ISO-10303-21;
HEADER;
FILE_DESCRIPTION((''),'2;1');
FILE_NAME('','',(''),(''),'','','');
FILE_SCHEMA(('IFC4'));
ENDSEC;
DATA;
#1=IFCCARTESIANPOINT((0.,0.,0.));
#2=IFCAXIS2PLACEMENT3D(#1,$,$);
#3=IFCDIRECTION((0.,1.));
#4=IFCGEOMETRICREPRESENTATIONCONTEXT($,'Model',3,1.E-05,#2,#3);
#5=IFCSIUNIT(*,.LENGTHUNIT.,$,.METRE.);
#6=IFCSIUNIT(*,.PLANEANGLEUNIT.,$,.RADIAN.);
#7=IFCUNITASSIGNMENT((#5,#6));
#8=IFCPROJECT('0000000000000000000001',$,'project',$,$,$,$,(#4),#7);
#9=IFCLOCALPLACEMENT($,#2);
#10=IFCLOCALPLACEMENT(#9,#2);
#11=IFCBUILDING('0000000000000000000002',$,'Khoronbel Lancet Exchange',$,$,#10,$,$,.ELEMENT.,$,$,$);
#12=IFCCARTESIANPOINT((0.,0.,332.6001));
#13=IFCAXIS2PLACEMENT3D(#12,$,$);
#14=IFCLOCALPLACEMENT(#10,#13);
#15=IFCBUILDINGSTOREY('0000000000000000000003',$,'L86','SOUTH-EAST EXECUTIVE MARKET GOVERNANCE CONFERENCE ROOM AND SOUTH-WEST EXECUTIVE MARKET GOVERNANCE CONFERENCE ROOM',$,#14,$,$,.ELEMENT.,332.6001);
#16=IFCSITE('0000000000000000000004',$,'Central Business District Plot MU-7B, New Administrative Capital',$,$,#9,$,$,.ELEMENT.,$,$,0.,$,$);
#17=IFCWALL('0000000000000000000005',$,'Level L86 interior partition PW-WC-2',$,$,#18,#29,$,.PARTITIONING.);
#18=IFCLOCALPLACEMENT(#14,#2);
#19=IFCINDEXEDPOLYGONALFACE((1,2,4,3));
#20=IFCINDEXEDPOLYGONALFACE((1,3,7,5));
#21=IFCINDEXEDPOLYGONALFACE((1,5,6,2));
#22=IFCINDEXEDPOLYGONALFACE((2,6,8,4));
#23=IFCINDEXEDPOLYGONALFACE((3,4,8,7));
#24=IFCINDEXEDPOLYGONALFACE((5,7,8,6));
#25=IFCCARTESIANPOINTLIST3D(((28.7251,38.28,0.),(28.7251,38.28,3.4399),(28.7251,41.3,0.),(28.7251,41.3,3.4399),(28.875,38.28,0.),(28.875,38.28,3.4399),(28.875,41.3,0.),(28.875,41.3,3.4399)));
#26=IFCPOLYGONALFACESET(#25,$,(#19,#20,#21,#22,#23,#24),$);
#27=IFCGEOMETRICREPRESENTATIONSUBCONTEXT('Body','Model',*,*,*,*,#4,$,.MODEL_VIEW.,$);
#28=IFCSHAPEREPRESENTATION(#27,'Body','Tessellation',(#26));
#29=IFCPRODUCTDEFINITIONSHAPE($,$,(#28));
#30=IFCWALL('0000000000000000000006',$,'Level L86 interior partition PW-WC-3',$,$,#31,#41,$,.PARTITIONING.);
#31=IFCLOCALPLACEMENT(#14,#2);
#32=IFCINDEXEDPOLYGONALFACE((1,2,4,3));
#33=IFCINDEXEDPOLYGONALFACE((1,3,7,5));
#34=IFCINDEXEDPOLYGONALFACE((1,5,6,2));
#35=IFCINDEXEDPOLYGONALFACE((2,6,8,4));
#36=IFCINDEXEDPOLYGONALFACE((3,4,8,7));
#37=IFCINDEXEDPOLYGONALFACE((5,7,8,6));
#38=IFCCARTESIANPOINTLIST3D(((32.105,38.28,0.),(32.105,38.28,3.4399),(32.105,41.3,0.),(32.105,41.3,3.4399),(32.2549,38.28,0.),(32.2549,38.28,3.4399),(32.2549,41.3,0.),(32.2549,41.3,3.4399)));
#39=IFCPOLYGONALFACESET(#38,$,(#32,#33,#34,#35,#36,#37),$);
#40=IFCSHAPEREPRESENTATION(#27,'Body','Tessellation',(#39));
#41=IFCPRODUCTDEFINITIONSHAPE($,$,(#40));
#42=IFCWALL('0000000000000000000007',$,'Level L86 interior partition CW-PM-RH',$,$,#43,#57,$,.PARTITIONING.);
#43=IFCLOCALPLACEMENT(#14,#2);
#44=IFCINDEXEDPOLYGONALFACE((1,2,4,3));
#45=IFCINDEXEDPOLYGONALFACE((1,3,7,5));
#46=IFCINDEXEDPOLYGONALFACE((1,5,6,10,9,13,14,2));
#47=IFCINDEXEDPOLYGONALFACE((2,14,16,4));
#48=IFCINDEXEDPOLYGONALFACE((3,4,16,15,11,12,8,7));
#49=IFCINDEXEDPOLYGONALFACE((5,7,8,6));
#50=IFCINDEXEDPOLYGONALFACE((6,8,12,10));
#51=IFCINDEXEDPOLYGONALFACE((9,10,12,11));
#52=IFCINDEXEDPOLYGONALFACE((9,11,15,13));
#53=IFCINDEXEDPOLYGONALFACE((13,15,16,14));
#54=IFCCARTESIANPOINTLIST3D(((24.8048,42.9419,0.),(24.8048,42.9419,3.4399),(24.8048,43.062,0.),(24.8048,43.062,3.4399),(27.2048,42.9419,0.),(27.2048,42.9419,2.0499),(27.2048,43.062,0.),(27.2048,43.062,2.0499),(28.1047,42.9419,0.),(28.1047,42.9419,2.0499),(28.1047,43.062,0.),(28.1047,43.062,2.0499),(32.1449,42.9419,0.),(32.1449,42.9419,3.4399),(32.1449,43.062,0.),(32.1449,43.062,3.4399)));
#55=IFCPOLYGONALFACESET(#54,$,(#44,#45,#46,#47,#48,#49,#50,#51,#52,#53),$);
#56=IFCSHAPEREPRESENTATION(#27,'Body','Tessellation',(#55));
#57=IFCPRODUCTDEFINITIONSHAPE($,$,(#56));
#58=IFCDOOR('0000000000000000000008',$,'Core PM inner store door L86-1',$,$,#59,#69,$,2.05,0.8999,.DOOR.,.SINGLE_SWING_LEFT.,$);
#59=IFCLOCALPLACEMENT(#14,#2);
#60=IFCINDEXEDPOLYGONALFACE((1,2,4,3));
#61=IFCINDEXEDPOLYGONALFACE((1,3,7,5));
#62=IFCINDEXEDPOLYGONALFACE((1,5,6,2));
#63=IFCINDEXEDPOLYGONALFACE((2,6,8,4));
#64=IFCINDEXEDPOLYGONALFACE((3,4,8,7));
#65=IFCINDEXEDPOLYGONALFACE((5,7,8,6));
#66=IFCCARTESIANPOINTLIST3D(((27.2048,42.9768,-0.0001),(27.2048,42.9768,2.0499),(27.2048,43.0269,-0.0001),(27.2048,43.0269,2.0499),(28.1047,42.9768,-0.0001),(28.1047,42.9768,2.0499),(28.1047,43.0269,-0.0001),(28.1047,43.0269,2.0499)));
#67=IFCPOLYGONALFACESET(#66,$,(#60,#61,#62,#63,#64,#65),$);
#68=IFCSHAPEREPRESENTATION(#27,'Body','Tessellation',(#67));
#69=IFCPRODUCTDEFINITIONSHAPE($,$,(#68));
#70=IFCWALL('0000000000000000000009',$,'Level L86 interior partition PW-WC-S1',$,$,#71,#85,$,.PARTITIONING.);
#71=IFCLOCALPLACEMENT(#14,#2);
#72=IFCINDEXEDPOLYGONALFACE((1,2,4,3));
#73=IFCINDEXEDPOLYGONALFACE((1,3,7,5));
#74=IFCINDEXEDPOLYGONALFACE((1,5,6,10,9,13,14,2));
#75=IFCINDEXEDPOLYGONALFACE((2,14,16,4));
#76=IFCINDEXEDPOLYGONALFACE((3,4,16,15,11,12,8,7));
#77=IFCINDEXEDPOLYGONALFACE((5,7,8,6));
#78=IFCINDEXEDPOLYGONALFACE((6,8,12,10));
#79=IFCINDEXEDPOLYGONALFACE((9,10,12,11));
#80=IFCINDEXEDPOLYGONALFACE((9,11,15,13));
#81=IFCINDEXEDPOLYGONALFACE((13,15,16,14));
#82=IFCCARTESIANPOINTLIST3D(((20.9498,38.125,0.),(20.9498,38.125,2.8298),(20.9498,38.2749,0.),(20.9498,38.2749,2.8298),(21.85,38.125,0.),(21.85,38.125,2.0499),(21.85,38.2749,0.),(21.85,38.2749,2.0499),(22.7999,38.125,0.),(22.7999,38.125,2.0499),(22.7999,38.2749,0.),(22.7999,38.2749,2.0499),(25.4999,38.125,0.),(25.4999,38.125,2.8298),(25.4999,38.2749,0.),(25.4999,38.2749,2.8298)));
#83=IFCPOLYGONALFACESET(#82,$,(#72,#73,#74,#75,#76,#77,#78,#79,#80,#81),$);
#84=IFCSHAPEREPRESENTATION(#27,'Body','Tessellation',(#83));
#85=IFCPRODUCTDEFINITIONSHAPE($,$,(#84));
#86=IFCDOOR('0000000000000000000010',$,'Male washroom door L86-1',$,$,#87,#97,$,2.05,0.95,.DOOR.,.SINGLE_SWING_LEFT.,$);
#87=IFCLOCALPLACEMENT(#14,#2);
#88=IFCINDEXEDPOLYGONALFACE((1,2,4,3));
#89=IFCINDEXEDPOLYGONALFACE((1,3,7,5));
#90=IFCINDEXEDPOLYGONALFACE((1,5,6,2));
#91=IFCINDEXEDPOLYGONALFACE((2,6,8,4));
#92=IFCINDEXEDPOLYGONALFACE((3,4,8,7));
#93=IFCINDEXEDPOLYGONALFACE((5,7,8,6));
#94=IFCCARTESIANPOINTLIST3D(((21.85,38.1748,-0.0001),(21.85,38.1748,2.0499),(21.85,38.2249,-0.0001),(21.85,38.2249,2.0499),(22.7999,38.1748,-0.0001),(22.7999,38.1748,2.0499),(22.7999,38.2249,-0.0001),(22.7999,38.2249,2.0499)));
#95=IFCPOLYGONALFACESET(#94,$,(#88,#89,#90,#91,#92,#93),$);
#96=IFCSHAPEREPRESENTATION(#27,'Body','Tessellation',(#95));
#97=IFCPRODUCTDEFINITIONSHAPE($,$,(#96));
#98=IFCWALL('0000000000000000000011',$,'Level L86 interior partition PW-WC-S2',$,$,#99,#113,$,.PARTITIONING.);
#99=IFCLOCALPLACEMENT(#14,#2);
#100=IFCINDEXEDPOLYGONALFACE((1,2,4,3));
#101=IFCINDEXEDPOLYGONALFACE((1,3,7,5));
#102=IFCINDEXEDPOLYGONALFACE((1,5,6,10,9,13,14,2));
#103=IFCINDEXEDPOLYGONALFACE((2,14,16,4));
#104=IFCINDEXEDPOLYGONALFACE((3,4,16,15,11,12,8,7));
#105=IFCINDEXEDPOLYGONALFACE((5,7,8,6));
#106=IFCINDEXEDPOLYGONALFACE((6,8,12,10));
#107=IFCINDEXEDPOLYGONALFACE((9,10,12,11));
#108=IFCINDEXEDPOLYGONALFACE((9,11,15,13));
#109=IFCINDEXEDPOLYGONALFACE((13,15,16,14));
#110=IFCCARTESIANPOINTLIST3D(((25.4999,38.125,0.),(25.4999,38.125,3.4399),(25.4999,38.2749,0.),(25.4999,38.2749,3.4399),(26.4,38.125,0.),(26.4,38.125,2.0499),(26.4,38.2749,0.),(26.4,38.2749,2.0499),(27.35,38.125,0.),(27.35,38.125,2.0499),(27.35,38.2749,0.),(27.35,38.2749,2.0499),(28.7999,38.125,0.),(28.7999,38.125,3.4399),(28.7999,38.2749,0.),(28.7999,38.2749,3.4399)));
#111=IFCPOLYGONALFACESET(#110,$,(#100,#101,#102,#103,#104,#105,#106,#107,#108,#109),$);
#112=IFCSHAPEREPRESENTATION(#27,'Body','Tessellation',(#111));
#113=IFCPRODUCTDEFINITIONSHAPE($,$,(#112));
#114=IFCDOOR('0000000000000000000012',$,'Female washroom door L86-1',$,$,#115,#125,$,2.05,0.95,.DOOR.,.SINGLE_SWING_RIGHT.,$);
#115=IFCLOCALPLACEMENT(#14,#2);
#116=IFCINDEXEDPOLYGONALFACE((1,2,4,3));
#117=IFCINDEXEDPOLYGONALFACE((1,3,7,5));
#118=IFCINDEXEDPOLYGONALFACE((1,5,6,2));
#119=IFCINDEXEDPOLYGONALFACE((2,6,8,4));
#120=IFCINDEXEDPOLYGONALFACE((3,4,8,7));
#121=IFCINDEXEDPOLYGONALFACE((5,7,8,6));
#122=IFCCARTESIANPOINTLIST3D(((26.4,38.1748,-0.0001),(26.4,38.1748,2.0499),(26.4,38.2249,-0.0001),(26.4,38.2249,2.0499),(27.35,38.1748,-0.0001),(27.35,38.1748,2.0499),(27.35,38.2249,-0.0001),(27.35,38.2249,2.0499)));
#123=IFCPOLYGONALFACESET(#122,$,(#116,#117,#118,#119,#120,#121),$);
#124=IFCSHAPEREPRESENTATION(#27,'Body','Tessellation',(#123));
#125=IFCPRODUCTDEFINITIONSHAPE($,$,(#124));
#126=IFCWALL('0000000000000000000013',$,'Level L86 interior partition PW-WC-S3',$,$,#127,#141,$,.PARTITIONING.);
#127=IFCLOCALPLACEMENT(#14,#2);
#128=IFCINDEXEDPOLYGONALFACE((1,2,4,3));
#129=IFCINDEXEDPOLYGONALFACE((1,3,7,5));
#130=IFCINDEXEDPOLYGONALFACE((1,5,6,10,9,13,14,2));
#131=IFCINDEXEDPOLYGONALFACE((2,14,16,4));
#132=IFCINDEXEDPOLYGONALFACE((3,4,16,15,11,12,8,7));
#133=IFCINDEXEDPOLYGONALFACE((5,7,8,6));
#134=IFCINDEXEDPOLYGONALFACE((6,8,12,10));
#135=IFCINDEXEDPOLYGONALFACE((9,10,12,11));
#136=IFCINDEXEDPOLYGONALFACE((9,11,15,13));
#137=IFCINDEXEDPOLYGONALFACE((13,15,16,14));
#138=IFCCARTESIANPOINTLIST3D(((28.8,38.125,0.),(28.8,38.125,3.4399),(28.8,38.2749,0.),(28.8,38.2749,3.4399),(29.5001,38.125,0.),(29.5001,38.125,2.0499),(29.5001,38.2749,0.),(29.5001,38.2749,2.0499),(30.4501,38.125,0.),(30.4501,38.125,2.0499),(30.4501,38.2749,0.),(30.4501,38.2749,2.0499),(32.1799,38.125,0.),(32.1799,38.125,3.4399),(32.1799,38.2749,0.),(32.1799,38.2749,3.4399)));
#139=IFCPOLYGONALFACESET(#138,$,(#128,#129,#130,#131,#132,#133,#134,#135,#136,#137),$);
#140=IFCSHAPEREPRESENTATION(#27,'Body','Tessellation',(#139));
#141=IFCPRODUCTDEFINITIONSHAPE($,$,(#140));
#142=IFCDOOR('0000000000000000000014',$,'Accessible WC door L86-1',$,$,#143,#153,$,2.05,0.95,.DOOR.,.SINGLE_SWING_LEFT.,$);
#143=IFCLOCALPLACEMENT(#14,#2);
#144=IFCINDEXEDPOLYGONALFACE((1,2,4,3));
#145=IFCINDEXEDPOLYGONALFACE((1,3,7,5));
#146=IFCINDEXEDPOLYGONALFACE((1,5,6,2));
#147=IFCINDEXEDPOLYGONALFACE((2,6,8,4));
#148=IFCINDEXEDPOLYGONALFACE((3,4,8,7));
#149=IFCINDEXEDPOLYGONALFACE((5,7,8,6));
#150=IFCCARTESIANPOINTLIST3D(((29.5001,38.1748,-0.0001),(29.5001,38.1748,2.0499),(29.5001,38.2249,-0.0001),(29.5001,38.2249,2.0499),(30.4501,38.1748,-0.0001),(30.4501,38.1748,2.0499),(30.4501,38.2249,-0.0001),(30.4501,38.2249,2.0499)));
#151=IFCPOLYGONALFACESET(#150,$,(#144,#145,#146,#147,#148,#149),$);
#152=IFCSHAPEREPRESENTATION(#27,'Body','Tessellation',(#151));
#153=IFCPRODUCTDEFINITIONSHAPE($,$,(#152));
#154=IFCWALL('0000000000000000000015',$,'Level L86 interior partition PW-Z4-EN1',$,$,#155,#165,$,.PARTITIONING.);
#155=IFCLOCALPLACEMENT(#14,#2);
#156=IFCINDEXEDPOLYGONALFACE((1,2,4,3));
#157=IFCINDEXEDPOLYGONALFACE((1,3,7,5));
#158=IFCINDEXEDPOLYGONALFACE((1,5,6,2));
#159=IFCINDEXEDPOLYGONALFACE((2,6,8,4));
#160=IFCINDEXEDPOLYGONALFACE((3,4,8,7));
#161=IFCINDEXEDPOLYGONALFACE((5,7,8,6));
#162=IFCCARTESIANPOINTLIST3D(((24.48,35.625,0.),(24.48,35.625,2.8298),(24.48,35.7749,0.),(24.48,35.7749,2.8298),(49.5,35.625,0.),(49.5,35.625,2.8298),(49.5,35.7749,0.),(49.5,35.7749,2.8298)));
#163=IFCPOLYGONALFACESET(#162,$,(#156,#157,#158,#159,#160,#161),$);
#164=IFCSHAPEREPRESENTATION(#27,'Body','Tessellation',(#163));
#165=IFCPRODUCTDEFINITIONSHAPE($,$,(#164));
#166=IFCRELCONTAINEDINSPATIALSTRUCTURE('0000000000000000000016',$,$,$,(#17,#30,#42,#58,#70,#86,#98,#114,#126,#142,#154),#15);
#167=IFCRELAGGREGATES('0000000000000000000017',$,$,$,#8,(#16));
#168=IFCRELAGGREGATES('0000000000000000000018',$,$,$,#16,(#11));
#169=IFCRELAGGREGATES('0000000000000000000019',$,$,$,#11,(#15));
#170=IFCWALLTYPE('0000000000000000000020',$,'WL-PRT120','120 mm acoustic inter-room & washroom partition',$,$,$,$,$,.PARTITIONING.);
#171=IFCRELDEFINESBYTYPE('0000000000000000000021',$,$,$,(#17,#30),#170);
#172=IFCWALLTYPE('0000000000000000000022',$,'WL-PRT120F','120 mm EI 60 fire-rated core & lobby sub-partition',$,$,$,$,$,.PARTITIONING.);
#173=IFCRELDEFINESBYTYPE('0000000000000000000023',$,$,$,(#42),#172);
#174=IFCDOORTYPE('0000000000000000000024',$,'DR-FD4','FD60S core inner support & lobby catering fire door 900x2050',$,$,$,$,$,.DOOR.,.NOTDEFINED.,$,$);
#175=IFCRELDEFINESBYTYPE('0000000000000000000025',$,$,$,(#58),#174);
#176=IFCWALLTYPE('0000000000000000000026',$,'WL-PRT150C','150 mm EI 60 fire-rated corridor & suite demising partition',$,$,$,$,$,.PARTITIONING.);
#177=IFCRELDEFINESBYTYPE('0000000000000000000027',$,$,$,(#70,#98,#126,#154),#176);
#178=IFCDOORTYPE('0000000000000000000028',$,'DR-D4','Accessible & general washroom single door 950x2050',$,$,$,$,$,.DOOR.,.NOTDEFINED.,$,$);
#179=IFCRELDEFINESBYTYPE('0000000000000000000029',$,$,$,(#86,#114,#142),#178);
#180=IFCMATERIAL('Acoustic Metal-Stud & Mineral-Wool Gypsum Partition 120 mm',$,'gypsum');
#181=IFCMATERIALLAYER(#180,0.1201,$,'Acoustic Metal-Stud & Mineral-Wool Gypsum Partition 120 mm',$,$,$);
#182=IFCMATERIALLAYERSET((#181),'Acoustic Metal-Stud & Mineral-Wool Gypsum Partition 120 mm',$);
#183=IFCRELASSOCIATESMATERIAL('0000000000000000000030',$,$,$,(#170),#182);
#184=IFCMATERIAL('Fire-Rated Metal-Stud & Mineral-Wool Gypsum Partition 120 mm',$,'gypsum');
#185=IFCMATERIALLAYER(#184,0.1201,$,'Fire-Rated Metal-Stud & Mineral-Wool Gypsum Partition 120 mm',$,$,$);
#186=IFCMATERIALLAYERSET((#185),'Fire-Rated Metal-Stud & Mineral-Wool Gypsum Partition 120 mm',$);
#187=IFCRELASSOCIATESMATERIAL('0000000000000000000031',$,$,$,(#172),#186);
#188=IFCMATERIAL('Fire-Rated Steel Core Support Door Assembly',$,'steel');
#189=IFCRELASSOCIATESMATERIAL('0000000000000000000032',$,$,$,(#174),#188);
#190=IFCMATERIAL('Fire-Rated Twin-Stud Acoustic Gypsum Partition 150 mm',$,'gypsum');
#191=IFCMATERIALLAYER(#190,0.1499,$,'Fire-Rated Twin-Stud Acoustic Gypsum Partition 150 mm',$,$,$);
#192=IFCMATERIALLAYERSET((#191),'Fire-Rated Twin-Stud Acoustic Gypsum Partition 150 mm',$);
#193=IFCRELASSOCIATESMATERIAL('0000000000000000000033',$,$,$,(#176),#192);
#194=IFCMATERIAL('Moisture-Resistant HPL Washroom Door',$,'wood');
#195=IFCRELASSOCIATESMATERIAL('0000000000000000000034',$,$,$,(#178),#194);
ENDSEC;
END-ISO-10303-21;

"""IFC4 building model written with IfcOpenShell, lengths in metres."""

from ifc_helpers import new_model, si_unit, direction, frame, frame_2d, origin, place, context, subcontext, project, spatial, rectangle, extrude, material, layer, layer_set, type_object, element, fill, save


model = new_model("IFC4")

# Units and contexts
model_context = context("Model", 3, precision=1e-05, world=origin(), true_north=direction((0.0, 1.0)))
body_context = subcontext(model_context, "Body", "Model", "MODEL_VIEW")
ifc_project = project(units=[si_unit("LENGTHUNIT", "METRE"), si_unit("PLANEANGLEUNIT", "RADIAN")], contexts=[model_context])

# Site, building, storey
site_placement = place(None, origin())
site = spatial("IfcSite", under=ifc_project, at=site_placement, Name="Central Business District Plot MU-7B, New Administrative Capital", CompositionType="ELEMENT", RefElevation=0.0)
building_placement = place(site_placement, origin())
building = spatial("IfcBuilding", under=site, at=building_placement, Name="Khoronbel Lancet Exchange", CompositionType="ELEMENT")
storey_placement = place(building_placement, frame((0.0, 0.0, 332.6001)))
storey = spatial("IfcBuildingStorey", under=building, at=storey_placement, Name="L86", Description="SOUTH-EAST EXECUTIVE MARKET GOVERNANCE CONFERENCE ROOM AND SOUTH-WEST EXECUTIVE MARKET GOVERNANCE CONFERENCE ROOM", CompositionType="ELEMENT", Elevation=332.6001)

# Walls
ifc_material_1 = material(Name="Acoustic Metal-Stud & Mineral-Wool Gypsum Partition 120 mm", Category="gypsum")
ifc_layer_1 = layer(ifc_material_1, 0.1201, Name="Acoustic Metal-Stud & Mineral-Wool Gypsum Partition 120 mm")
ifc_layer_set_1 = layer_set([ifc_layer_1], Name="Acoustic Metal-Stud & Mineral-Wool Gypsum Partition 120 mm")
wall_type_1 = type_object("IfcWallType", Name="WL-PRT120", Description="120 mm acoustic inter-room & washroom partition", PredefinedType="PARTITIONING", material=ifc_layer_set_1)
for number, where, z_axis, x_axis, name in (
    (1, (28.8, 38.28, 0.0), (0.0, 0.0, 1.0), (0.0, 1.0, 0.0), "Level L86 interior partition PW-WC-2"),
    (2, (32.1799, 38.28, 0.0), (0.0, 0.0, 1.0), (0.0, 1.0, 0.0), "Level L86 interior partition PW-WC-3"),
):
    element("IfcWall", number, at=place(storey_placement, frame(where, z_axis=z_axis, x_axis=x_axis)), inside=storey, type_object=wall_type_1, Name=name, PredefinedType="PARTITIONING", context=body_context, shape_type="SweptSolid", body=[
        extrude(rectangle(XDim=3.02, YDim=0.1499, at=frame_2d((1.51, 0.0))), origin(), (0.0, 0.0, 1.0), 3.4399),
    ])

# Walls, openings, doors
ifc_material_2 = material(Name="Fire-Rated Metal-Stud & Mineral-Wool Gypsum Partition 120 mm", Category="gypsum")
ifc_layer_2 = layer(ifc_material_2, 0.1201, Name="Fire-Rated Metal-Stud & Mineral-Wool Gypsum Partition 120 mm")
ifc_layer_set_2 = layer_set([ifc_layer_2], Name="Fire-Rated Metal-Stud & Mineral-Wool Gypsum Partition 120 mm")
wall_type_2 = type_object("IfcWallType", Name="WL-PRT120F", Description="120 mm EI 60 fire-rated core & lobby sub-partition", PredefinedType="PARTITIONING", material=ifc_layer_set_2)
wall_1_placement = place(storey_placement, frame((24.8049, 43.002, 0.0), z_axis=(0.0, 0.0, 1.0), x_axis=(1.0, 0.0, 0.0)))
wall_1 = element("IfcWall", 3, at=wall_1_placement, inside=storey, type_object=wall_type_2, Name="Level L86 interior partition CW-PM-RH", PredefinedType="PARTITIONING", context=body_context, shape_type="SweptSolid", body=[
    extrude(rectangle(XDim=7.3401, YDim=0.1201, at=frame_2d((3.6699, 0.0))), origin(), (0.0, 0.0, 1.0), 3.4399),
])
opening_1_placement = place(wall_1_placement, frame((2.3999, 0.0, 0.0)))
opening_1 = element("IfcOpeningElement", 4, at=opening_1_placement, cuts=wall_1, PredefinedType="OPENING", context=body_context, shape_type="SweptSolid", body=[
    extrude(rectangle(XDim=0.8999, YDim=2.05, at=frame_2d((0.45, 1.0249))), frame((0.0, 0.0701, 0.0), z_axis=(0.0, -1.0, 0.0), x_axis=(1.0, 0.0, 0.0)), (0.0, 0.0, 1.0), 0.1401),
])
ifc_material_3 = material(Name="Fire-Rated Steel Core Support Door Assembly", Category="steel")
door_type_1 = type_object("IfcDoorType", Name="DR-FD4", Description="FD60S core inner support & lobby catering fire door 900x2050", OperationType="NOTDEFINED", PredefinedType="DOOR", material=ifc_material_3)
door_1_placement = place(opening_1_placement, origin())
door_1 = element("IfcDoor", 5, at=door_1_placement, inside=storey, type_object=door_type_1, Name="Core PM inner store door L86-1", OperationType="SINGLE_SWING_LEFT", OverallHeight=2.05, OverallWidth=0.8999, PredefinedType="DOOR", context=body_context, shape_type="SweptSolid", body=[
    extrude(rectangle(XDim=0.8999, YDim=2.05, at=frame_2d((0.45, 1.0249))), frame((0.0, 0.0249, 0.0), z_axis=(0.0, -1.0, 0.0), x_axis=(1.0, 0.0, 0.0)), (0.0, 0.0, 1.0), 0.05),
])
fill(opening_1, door_1)
ifc_material_4 = material(Name="Fire-Rated Twin-Stud Acoustic Gypsum Partition 150 mm", Category="gypsum")
ifc_layer_3 = layer(ifc_material_4, 0.1499, Name="Fire-Rated Twin-Stud Acoustic Gypsum Partition 150 mm")
ifc_layer_set_3 = layer_set([ifc_layer_3], Name="Fire-Rated Twin-Stud Acoustic Gypsum Partition 150 mm")
wall_type_3 = type_object("IfcWallType", Name="WL-PRT150C", Description="150 mm EI 60 fire-rated corridor & suite demising partition", PredefinedType="PARTITIONING", material=ifc_layer_set_3)
wall_2_placement = place(storey_placement, frame((20.95, 38.2, 0.0), z_axis=(0.0, 0.0, 1.0), x_axis=(1.0, 0.0, 0.0)))
wall_2 = element("IfcWall", 6, at=wall_2_placement, inside=storey, type_object=wall_type_3, Name="Level L86 interior partition PW-WC-S1", PredefinedType="PARTITIONING", context=body_context, shape_type="SweptSolid", body=[
    extrude(rectangle(XDim=4.55, YDim=0.1499, at=frame_2d((2.2749, 0.0))), origin(), (0.0, 0.0, 1.0), 2.8298),
])
opening_2_placement = place(wall_2_placement, frame((0.8999, 0.0, 0.0)))
opening_2 = element("IfcOpeningElement", 7, at=opening_2_placement, cuts=wall_2, PredefinedType="OPENING", context=body_context, shape_type="SweptSolid", body=[
    extrude(rectangle(XDim=0.95, YDim=2.05, at=frame_2d((0.4751, 1.0249))), frame((0.0, 0.085, 0.0), z_axis=(0.0, -1.0, 0.0), x_axis=(1.0, 0.0, 0.0)), (0.0, 0.0, 1.0), 0.1699),
])
ifc_material_5 = material(Name="Moisture-Resistant HPL Washroom Door", Category="wood")
door_type_2 = type_object("IfcDoorType", Name="DR-D4", Description="Accessible & general washroom single door 950x2050", OperationType="NOTDEFINED", PredefinedType="DOOR", material=ifc_material_5)
door_2_placement = place(opening_2_placement, origin())
door_2 = element("IfcDoor", 8, at=door_2_placement, inside=storey, type_object=door_type_2, Name="Male washroom door L86-1", OperationType="SINGLE_SWING_LEFT", OverallHeight=2.05, OverallWidth=0.95, PredefinedType="DOOR", context=body_context, shape_type="SweptSolid", body=[
    extrude(rectangle(XDim=0.95, YDim=2.05, at=frame_2d((0.4751, 1.0249))), frame((0.0, 0.0249, 0.0), z_axis=(0.0, -1.0, 0.0), x_axis=(1.0, 0.0, 0.0)), (0.0, 0.0, 1.0), 0.05),
])
fill(opening_2, door_2)
wall_3_placement = place(storey_placement, frame((25.5, 38.2, 0.0), z_axis=(0.0, 0.0, 1.0), x_axis=(1.0, 0.0, 0.0)))
wall_3 = element("IfcWall", 9, at=wall_3_placement, inside=storey, type_object=wall_type_3, Name="Level L86 interior partition PW-WC-S2", PredefinedType="PARTITIONING", context=body_context, shape_type="SweptSolid", body=[
    extrude(rectangle(XDim=3.3, YDim=0.1499, at=frame_2d((1.6499, 0.0))), origin(), (0.0, 0.0, 1.0), 3.4399),
])
opening_3_placement = place(wall_3_placement, frame((0.8999, 0.0, 0.0)))
opening_3 = element("IfcOpeningElement", 10, at=opening_3_placement, cuts=wall_3, PredefinedType="OPENING", context=body_context, shape_type="SweptSolid", body=[
    extrude(rectangle(XDim=0.95, YDim=2.05, at=frame_2d((0.4751, 1.0249))), frame((0.0, 0.085, 0.0), z_axis=(0.0, -1.0, 0.0), x_axis=(1.0, 0.0, 0.0)), (0.0, 0.0, 1.0), 0.1699),
])
door_3_placement = place(opening_3_placement, origin())
door_3 = element("IfcDoor", 11, at=door_3_placement, inside=storey, type_object=door_type_2, Name="Female washroom door L86-1", OperationType="SINGLE_SWING_RIGHT", OverallHeight=2.05, OverallWidth=0.95, PredefinedType="DOOR", context=body_context, shape_type="SweptSolid", body=[
    extrude(rectangle(XDim=0.95, YDim=2.05, at=frame_2d((0.4751, 1.0249))), frame((0.0, 0.0249, 0.0), z_axis=(0.0, -1.0, 0.0), x_axis=(1.0, 0.0, 0.0)), (0.0, 0.0, 1.0), 0.05),
])
fill(opening_3, door_3)
wall_4_placement = place(storey_placement, frame((28.8, 38.2, 0.0), z_axis=(0.0, 0.0, 1.0), x_axis=(1.0, 0.0, 0.0)))
wall_4 = element("IfcWall", 12, at=wall_4_placement, inside=storey, type_object=wall_type_3, Name="Level L86 interior partition PW-WC-S3", PredefinedType="PARTITIONING", context=body_context, shape_type="SweptSolid", body=[
    extrude(rectangle(XDim=3.3799, YDim=0.1499, at=frame_2d((1.6899, 0.0))), origin(), (0.0, 0.0, 1.0), 3.4399),
])
opening_4_placement = place(wall_4_placement, frame((0.7, 0.0, 0.0)))
opening_4 = element("IfcOpeningElement", 13, at=opening_4_placement, cuts=wall_4, PredefinedType="OPENING", context=body_context, shape_type="SweptSolid", body=[
    extrude(rectangle(XDim=0.95, YDim=2.05, at=frame_2d((0.4751, 1.0249))), frame((0.0, 0.085, 0.0), z_axis=(0.0, -1.0, 0.0), x_axis=(1.0, 0.0, 0.0)), (0.0, 0.0, 1.0), 0.1699),
])
door_4_placement = place(opening_4_placement, origin())
door_4 = element("IfcDoor", 14, at=door_4_placement, inside=storey, type_object=door_type_2, Name="Accessible WC door L86-1", OperationType="SINGLE_SWING_LEFT", OverallHeight=2.05, OverallWidth=0.95, PredefinedType="DOOR", context=body_context, shape_type="SweptSolid", body=[
    extrude(rectangle(XDim=0.95, YDim=2.05, at=frame_2d((0.4751, 1.0249))), frame((0.0, 0.0249, 0.0), z_axis=(0.0, -1.0, 0.0), x_axis=(1.0, 0.0, 0.0)), (0.0, 0.0, 1.0), 0.05),
])
fill(opening_4, door_4)

# Wall
wall_5_placement = place(storey_placement, frame((24.48, 35.7, 0.0), z_axis=(0.0, 0.0, 1.0), x_axis=(1.0, 0.0, 0.0)))
element("IfcWall", 15, at=wall_5_placement, inside=storey, type_object=wall_type_3, Name="Level L86 interior partition PW-Z4-EN1", PredefinedType="PARTITIONING", context=body_context, shape_type="SweptSolid", body=[
    extrude(rectangle(XDim=25.02, YDim=0.1499, at=frame_2d((12.51, 0.0))), origin(), (0.0, 0.0, 1.0), 2.8298),
])

save(model, "model.ifc")
